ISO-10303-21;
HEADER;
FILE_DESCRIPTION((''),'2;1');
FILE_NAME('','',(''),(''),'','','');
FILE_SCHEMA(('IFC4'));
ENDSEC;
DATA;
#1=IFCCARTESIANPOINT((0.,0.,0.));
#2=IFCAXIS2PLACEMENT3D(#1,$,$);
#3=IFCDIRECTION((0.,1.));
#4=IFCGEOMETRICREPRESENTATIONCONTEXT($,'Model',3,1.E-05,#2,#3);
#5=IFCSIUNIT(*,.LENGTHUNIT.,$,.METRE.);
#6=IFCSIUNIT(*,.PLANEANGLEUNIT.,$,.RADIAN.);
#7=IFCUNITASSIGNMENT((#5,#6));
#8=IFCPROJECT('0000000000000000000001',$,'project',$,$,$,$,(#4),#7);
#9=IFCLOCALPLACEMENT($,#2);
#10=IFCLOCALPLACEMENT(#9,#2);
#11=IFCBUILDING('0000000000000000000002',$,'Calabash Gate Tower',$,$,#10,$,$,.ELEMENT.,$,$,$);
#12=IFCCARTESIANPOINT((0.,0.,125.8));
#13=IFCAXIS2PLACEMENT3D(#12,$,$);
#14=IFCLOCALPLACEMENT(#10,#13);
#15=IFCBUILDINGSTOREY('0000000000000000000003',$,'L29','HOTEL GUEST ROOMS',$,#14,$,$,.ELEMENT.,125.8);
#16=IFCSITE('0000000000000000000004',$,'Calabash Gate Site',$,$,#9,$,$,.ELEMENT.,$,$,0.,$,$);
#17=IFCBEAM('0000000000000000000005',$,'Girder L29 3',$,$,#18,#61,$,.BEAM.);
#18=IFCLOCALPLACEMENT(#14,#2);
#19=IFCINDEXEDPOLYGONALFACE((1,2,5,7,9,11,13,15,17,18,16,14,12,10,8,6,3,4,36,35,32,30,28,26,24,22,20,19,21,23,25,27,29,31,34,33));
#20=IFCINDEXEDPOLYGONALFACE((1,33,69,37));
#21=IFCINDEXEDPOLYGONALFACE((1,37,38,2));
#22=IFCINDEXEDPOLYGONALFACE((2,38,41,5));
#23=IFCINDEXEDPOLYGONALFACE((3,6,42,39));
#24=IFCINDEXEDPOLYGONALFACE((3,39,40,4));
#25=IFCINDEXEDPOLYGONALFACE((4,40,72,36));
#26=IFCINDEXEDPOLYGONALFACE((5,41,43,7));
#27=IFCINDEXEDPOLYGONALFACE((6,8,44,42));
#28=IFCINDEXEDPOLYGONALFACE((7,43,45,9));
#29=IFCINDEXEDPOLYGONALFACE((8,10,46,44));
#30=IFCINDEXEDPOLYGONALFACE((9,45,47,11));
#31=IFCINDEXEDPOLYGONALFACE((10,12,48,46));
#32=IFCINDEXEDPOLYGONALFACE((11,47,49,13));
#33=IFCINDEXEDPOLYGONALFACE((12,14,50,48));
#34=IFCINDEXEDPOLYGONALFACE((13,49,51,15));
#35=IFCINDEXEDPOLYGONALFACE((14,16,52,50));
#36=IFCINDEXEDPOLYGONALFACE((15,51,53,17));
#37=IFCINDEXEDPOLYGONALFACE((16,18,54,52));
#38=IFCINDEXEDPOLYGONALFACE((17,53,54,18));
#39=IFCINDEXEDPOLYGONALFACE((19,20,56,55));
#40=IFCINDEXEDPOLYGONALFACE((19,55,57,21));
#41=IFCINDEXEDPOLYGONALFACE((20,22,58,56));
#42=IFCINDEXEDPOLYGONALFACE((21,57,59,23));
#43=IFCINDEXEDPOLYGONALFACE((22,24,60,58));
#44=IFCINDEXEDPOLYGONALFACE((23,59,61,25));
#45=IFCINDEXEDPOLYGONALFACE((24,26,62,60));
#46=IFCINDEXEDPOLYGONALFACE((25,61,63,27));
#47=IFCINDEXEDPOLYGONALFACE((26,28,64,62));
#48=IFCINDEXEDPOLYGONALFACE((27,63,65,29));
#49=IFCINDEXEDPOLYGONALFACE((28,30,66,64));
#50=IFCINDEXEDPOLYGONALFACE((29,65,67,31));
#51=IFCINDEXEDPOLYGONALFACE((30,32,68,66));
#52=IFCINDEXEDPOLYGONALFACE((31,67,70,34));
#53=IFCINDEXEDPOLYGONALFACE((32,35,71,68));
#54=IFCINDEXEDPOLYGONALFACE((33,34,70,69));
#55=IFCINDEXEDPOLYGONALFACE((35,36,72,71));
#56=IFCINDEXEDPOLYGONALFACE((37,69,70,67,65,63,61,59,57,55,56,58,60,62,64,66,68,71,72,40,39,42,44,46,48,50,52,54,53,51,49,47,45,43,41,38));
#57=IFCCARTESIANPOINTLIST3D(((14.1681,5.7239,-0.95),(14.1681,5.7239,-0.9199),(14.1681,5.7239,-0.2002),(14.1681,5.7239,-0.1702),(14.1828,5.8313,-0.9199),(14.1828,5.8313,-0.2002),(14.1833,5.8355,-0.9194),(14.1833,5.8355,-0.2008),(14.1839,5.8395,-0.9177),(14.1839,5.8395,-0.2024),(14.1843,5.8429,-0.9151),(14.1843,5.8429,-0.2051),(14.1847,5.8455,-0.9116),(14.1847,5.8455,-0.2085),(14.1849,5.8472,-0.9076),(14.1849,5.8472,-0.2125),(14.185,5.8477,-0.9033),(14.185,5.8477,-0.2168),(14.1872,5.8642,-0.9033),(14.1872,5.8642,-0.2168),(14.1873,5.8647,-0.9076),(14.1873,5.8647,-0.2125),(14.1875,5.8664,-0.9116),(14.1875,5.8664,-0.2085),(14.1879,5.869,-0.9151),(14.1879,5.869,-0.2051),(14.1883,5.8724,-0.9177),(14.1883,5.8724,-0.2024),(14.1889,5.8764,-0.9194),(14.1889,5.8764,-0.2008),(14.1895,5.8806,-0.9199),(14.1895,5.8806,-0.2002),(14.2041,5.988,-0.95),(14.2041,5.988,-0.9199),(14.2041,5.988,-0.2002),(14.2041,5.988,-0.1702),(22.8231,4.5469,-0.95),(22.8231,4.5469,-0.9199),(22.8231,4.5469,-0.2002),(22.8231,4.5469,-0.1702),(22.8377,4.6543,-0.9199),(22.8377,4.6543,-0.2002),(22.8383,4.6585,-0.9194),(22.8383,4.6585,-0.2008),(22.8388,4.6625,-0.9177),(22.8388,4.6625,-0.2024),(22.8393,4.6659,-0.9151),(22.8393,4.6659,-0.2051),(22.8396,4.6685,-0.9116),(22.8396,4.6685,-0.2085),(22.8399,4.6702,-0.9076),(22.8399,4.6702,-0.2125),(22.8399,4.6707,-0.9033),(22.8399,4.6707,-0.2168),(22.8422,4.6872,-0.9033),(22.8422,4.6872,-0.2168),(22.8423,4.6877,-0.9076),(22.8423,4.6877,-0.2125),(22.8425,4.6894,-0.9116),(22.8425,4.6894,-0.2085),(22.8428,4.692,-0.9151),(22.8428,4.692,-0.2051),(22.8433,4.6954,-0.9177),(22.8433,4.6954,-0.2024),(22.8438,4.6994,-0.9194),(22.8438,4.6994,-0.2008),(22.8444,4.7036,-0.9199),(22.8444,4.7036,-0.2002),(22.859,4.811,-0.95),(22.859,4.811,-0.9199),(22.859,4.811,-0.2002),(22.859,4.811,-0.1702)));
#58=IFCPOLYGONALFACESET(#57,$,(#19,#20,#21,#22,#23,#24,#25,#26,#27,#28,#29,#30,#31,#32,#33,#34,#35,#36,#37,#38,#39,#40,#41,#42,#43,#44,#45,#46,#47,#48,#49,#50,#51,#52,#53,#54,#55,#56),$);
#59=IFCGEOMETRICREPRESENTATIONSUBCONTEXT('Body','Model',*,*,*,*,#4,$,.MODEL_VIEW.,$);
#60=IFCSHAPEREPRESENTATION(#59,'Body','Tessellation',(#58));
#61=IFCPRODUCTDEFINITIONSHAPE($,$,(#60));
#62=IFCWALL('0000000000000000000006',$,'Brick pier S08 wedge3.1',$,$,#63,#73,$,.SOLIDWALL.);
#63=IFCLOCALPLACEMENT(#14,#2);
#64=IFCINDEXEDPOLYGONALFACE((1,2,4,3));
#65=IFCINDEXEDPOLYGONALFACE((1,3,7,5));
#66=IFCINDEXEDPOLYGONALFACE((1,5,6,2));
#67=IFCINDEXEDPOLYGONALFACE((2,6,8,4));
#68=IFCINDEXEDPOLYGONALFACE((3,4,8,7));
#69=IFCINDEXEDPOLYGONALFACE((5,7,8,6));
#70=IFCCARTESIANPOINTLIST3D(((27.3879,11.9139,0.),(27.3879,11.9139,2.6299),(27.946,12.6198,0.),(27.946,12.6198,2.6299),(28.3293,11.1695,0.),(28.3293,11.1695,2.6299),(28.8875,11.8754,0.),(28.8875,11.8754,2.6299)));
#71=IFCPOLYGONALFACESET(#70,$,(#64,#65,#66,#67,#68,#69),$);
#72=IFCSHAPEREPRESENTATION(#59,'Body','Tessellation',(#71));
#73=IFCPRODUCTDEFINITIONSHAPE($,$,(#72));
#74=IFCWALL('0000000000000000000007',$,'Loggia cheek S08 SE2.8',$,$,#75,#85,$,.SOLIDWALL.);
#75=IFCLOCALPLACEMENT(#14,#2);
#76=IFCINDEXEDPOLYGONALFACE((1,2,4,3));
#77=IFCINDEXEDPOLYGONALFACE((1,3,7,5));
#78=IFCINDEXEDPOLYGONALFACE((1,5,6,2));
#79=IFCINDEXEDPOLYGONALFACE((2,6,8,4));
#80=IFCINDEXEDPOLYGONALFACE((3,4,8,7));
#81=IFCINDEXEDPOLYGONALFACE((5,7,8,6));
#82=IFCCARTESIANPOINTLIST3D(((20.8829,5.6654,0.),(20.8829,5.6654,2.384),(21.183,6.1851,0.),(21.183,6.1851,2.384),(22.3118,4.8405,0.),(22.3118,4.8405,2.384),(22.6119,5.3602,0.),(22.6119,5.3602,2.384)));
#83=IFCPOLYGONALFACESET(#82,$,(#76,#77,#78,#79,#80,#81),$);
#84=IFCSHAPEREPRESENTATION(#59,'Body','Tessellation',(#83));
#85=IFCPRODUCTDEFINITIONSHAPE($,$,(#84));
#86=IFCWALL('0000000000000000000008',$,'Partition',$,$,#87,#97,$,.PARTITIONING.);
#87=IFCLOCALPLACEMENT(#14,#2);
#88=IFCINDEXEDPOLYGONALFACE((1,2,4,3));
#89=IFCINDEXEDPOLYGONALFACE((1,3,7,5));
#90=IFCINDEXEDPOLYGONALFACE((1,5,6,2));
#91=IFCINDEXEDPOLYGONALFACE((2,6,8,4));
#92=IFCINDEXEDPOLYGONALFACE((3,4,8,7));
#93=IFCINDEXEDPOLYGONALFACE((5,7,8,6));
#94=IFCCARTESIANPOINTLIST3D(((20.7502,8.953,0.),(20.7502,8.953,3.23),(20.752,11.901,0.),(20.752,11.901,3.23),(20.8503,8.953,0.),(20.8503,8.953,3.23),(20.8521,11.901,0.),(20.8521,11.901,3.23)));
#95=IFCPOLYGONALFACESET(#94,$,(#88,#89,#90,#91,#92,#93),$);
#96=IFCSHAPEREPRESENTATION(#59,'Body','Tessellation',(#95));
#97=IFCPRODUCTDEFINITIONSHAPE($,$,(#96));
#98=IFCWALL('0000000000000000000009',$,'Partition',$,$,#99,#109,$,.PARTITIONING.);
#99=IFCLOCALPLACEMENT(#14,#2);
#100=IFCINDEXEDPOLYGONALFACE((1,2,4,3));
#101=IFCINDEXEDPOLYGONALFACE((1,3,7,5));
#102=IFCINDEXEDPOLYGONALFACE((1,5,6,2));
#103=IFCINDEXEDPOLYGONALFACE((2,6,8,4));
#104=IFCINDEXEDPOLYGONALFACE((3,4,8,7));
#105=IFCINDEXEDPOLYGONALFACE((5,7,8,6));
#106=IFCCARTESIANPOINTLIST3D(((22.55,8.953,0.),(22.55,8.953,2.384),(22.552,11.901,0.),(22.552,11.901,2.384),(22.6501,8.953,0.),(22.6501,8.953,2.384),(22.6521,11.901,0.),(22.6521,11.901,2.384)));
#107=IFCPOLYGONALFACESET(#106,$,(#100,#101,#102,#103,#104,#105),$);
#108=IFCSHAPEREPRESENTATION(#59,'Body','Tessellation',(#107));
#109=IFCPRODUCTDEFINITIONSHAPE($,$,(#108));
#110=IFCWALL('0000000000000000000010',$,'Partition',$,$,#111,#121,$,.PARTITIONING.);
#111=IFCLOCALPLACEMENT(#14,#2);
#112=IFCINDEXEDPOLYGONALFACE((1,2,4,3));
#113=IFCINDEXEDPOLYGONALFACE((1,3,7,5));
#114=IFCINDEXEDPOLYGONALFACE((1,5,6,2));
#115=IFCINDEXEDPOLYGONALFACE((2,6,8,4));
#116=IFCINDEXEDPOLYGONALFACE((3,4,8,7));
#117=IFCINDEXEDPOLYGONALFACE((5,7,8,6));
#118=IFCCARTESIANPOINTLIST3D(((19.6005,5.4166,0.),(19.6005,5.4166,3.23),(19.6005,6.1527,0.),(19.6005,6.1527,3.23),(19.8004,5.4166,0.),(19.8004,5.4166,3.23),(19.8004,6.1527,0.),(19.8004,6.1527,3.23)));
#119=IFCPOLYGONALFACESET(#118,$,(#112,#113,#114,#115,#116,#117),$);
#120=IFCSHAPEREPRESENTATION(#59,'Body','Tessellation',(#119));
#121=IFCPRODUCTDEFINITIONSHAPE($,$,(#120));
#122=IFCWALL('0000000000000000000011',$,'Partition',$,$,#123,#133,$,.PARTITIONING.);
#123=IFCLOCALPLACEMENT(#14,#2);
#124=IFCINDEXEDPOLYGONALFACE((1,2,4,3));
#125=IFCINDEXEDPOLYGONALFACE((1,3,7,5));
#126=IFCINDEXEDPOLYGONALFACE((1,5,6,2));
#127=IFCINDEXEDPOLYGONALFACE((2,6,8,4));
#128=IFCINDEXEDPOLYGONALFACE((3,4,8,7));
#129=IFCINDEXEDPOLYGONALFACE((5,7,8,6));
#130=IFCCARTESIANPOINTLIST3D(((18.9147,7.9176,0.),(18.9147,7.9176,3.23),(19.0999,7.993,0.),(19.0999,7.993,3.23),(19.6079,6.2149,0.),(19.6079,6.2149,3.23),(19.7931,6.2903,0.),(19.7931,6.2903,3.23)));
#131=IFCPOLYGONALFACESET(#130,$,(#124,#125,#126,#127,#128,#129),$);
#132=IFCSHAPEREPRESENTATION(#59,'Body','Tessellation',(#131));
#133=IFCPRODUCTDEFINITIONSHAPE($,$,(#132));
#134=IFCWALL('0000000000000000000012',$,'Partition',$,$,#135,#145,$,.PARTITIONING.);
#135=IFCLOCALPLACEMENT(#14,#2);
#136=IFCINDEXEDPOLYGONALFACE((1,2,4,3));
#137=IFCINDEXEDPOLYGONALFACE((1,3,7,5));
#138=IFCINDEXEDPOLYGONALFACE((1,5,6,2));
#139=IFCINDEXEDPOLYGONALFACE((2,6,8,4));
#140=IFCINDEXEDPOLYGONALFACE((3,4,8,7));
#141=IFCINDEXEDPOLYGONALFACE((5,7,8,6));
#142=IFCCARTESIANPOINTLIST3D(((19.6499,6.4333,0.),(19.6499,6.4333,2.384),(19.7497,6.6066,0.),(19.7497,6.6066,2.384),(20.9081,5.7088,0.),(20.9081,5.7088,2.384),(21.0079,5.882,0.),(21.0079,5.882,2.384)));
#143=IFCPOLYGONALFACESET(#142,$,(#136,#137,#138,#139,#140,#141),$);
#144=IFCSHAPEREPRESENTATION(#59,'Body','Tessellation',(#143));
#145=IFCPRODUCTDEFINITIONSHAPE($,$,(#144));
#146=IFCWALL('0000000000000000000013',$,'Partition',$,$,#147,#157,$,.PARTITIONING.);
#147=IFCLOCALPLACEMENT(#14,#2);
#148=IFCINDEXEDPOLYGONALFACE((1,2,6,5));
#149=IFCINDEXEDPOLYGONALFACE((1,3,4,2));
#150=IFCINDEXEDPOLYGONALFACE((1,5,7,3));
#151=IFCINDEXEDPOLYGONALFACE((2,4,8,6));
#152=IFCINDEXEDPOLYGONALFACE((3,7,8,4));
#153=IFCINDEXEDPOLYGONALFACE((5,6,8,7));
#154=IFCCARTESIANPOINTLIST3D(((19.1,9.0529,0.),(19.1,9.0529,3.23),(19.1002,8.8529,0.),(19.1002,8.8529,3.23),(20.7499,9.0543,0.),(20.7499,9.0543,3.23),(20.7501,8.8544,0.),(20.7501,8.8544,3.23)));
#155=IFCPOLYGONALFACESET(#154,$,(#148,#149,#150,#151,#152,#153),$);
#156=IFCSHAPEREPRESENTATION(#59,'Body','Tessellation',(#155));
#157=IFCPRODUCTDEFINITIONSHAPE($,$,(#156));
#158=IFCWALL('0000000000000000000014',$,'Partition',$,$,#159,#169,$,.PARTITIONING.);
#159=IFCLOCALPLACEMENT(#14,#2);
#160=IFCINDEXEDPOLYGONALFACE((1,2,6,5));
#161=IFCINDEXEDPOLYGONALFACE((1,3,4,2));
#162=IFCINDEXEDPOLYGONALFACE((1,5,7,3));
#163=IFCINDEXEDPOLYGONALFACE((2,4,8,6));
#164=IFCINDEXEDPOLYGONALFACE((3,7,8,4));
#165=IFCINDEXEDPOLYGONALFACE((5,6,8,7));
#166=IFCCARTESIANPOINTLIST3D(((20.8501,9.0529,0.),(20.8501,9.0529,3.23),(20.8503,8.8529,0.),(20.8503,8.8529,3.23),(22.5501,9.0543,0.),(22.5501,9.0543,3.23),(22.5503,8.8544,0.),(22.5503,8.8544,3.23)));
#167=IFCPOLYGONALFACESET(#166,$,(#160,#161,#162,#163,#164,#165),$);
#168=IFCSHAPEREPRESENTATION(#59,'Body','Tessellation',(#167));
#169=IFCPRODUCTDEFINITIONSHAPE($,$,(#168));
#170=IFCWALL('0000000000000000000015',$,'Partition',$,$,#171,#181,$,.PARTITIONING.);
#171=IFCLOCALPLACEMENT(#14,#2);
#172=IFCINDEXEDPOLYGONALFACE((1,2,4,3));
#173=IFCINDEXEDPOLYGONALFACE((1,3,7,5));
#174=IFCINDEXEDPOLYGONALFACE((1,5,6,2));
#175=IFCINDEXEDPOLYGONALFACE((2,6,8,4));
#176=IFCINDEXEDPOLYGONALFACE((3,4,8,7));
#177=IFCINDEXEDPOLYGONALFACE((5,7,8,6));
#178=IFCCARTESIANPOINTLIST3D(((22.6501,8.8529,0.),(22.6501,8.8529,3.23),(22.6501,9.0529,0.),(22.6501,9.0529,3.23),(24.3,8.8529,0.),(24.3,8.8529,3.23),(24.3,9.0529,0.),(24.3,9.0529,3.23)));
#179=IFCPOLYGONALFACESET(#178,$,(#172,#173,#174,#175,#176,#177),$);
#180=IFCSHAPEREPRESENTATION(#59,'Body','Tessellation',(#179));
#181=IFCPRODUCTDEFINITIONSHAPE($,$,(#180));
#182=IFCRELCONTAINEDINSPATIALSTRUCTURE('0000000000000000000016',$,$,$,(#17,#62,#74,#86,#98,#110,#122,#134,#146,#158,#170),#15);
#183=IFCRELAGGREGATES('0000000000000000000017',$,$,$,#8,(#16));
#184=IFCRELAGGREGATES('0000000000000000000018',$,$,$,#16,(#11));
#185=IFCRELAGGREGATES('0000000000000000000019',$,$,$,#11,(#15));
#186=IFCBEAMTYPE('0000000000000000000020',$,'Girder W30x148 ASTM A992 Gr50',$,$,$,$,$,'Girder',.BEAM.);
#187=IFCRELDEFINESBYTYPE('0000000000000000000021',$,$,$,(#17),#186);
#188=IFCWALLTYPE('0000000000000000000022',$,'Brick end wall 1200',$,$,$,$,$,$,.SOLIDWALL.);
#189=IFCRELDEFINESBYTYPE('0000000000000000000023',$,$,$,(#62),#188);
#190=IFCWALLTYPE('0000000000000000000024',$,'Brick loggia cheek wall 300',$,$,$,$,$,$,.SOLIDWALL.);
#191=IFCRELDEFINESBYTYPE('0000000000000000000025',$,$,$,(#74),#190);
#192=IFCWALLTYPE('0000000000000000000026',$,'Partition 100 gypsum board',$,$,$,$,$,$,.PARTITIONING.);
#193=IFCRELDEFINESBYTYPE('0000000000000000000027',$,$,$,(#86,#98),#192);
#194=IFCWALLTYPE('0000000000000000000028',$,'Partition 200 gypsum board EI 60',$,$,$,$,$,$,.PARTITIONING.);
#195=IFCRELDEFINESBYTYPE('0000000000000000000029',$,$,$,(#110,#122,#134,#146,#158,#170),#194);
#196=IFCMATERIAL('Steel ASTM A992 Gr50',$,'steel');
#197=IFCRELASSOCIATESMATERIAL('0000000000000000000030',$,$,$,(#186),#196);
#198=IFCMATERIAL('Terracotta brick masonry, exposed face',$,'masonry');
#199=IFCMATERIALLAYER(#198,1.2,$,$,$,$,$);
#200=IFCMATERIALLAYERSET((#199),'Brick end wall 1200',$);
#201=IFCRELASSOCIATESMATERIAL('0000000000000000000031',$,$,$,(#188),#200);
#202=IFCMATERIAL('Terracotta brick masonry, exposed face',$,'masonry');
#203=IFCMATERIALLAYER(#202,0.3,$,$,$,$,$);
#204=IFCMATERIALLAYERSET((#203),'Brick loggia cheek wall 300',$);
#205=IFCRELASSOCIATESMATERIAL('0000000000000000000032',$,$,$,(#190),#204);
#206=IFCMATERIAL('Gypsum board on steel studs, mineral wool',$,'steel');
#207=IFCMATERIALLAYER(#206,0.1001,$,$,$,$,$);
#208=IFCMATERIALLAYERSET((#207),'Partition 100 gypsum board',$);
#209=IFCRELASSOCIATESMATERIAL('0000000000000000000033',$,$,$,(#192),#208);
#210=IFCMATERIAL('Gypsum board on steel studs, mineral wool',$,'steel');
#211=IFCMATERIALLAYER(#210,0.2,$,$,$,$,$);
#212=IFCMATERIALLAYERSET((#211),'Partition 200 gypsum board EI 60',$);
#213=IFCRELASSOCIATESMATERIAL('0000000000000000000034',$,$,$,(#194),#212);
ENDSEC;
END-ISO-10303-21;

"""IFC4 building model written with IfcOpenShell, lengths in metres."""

from ifc_helpers import new_model, si_unit, direction, frame, frame_2d, origin, origin_2d, place, context, subcontext, project, spatial, rectangle, i_section, extrude, material, layer, layer_set, material_profile, profile_set, type_object, element, save


model = new_model("IFC4")

# Units and contexts
model_context = context("Model", 3, precision=1e-05, world=origin(), true_north=direction((0.0, 1.0)))
body_context = subcontext(model_context, "Body", "Model", "MODEL_VIEW")
ifc_project = project(units=[si_unit("LENGTHUNIT", "METRE"), si_unit("PLANEANGLEUNIT", "RADIAN")], contexts=[model_context])

# Site, building, storey
site_placement = place(None, origin())
site = spatial("IfcSite", under=ifc_project, at=site_placement, Name="Calabash Gate Site", CompositionType="ELEMENT", RefElevation=0.0)
building_placement = place(site_placement, origin())
building = spatial("IfcBuilding", under=site, at=building_placement, Name="Calabash Gate Tower", CompositionType="ELEMENT")
storey_placement = place(building_placement, frame((0.0, 0.0, 125.8)))
storey = spatial("IfcBuildingStorey", under=building, at=storey_placement, Name="L29", Description="HOTEL GUEST ROOMS", CompositionType="ELEMENT", Elevation=125.8)

# Beam
ifc_material_1 = material(Name="Steel ASTM A992 Gr50", Category="steel")
ifc_material_profile_1 = material_profile(ifc_material_1, i_section(OverallWidth=0.2666, OverallDepth=0.7798, WebThickness=0.0166, FlangeThickness=0.03, FilletRadius=0.0166, at=origin_2d()))
ifc_profile_set_1 = profile_set([ifc_material_profile_1], Name="Steel ASTM A992 Gr50")
beam_type_1 = type_object("IfcBeamType", Name="Girder W30x148 ASTM A992 Gr50", ElementType="Girder", PredefinedType="BEAM", material=ifc_profile_set_1)
beam_1_placement = place(storey_placement, frame((22.8411, 4.679, -0.5601), z_axis=(-0.99088, 0.13475, 0.0), x_axis=(-0.13475, -0.99088, 0.0)))
element("IfcBeam", 1, at=beam_1_placement, inside=storey, type_object=beam_type_1, Name="Girder L29 3", PredefinedType="BEAM", context=body_context, shape_type="SweptSolid", body=[
    extrude(i_section(OverallWidth=0.2666, OverallDepth=0.7798, WebThickness=0.0166, FlangeThickness=0.03, FilletRadius=0.0166, at=origin_2d()), origin(), (0.0, 0.0, 1.0), 8.7346),
])

# Walls
ifc_material_2 = material(Name="Terracotta brick masonry, exposed face", Category="masonry")
ifc_layer_1 = layer(ifc_material_2, 1.2)
ifc_layer_set_1 = layer_set([ifc_layer_1], Name="Brick end wall 1200")
wall_type_1 = type_object("IfcWallType", Name="Brick end wall 1200", PredefinedType="SOLIDWALL", material=ifc_layer_set_1)
wall_1_placement = place(storey_placement, frame((28.6084, 11.5225, 0.0), z_axis=(0.0, 0.0, 1.0), x_axis=(-0.784409, 0.620244, 0.0)))
element("IfcWall", 2, at=wall_1_placement, inside=storey, type_object=wall_type_1, Name="Brick pier S08 wedge3.1", PredefinedType="SOLIDWALL", context=body_context, shape_type="SweptSolid", body=[
    extrude(rectangle(XDim=1.2002, YDim=0.8999, at=frame_2d((0.6001, 0.0))), origin(), (0.0, 0.0, 1.0), 2.6299),
])
ifc_material_3 = material(Name="Terracotta brick masonry, exposed face", Category="masonry")
ifc_layer_2 = layer(ifc_material_3, 0.3)
ifc_layer_set_2 = layer_set([ifc_layer_2], Name="Brick loggia cheek wall 300")
wall_type_2 = type_object("IfcWallType", Name="Brick loggia cheek wall 300", PredefinedType="SOLIDWALL", material=ifc_layer_set_2)
wall_2_placement = place(storey_placement, frame((21.033, 5.9253, 0.0), z_axis=(0.0, 0.0, 1.0), x_axis=(0.86604, -0.499974, 0.0)))
element("IfcWall", 3, at=wall_2_placement, inside=storey, type_object=wall_type_2, Name="Loggia cheek S08 SE2.8", PredefinedType="SOLIDWALL", context=body_context, shape_type="SweptSolid", body=[
    extrude(rectangle(XDim=1.6499, YDim=0.6001, at=frame_2d((0.825, 0.0))), origin(), (0.0, 0.0, 1.0), 2.384),
])
ifc_material_4 = material(Name="Gypsum board on steel studs, mineral wool", Category="steel")
ifc_layer_3 = layer(ifc_material_4, 0.1001)
ifc_layer_set_3 = layer_set([ifc_layer_3], Name="Partition 100 gypsum board")
wall_type_3 = type_object("IfcWallType", Name="Partition 100 gypsum board", PredefinedType="PARTITIONING", material=ifc_layer_set_3)
wall_3_placement = place(storey_placement, frame((20.8003, 8.9529, 0.0), z_axis=(0.0, 0.0, 1.0), x_axis=(0.00058, 1.0, 0.0)))
element("IfcWall", 4, at=wall_3_placement, inside=storey, type_object=wall_type_3, Name="Partition", PredefinedType="PARTITIONING", context=body_context, shape_type="SweptSolid", body=[
    extrude(rectangle(XDim=2.948, YDim=0.1001, at=frame_2d((1.4741, 0.0))), origin(), (0.0, 0.0, 1.0), 3.23),
])
wall_4_placement = place(storey_placement, frame((22.6001, 8.9529, 0.0), z_axis=(0.0, 0.0, 1.0), x_axis=(0.000663, 1.0, 0.0)))
element("IfcWall", 5, at=wall_4_placement, inside=storey, type_object=wall_type_3, Name="Partition", PredefinedType="PARTITIONING", context=body_context, shape_type="SweptSolid", body=[
    extrude(rectangle(XDim=2.948, YDim=0.1001, at=frame_2d((1.4741, 0.0))), origin(), (0.0, 0.0, 1.0), 2.384),
])
ifc_material_5 = material(Name="Gypsum board on steel studs, mineral wool", Category="steel")
ifc_layer_4 = layer(ifc_material_5, 0.2)
ifc_layer_set_4 = layer_set([ifc_layer_4], Name="Partition 200 gypsum board EI 60")
wall_type_4 = type_object("IfcWallType", Name="Partition 200 gypsum board EI 60", PredefinedType="PARTITIONING", material=ifc_layer_set_4)
wall_5_placement = place(storey_placement, frame((19.7004, 5.4165, 0.0), z_axis=(0.0, 0.0, 1.0), x_axis=(0.0, 1.0, 0.0)))
element("IfcWall", 6, at=wall_5_placement, inside=storey, type_object=wall_type_4, Name="Partition", PredefinedType="PARTITIONING", context=body_context, shape_type="SweptSolid", body=[
    extrude(rectangle(XDim=0.7361, YDim=0.2, at=frame_2d((0.3682, 0.0))), origin(), (0.0, 0.0, 1.0), 3.23),
])
wall_6_placement = place(storey_placement, frame((19.0073, 7.9553, 0.0), z_axis=(0.0, 0.0, 1.0), x_axis=(0.37704, -0.926197, 0.0)))
element("IfcWall", 7, at=wall_6_placement, inside=storey, type_object=wall_type_4, Name="Partition", PredefinedType="PARTITIONING", context=body_context, shape_type="SweptSolid", body=[
    extrude(rectangle(XDim=1.8384, YDim=0.2, at=frame_2d((0.9192, 0.0))), origin(), (0.0, 0.0, 1.0), 3.23),
])
wall_7_placement = place(storey_placement, frame((19.6997, 6.52, 0.0), z_axis=(0.0, 0.0, 1.0), x_axis=(0.866583, -0.499033, 0.0)))
element("IfcWall", 8, at=wall_7_placement, inside=storey, type_object=wall_type_4, Name="Partition", PredefinedType="PARTITIONING", context=body_context, shape_type="SweptSolid", body=[
    extrude(rectangle(XDim=1.4519, YDim=0.2, at=frame_2d((0.7261, 0.0))), origin(), (0.0, 0.0, 1.0), 2.384),
])
wall_8_placement = place(storey_placement, frame((19.1001, 8.9529, 0.0), z_axis=(0.0, 0.0, 1.0), x_axis=(1.0, 0.000888, 0.0)))
element("IfcWall", 9, at=wall_8_placement, inside=storey, type_object=wall_type_4, Name="Partition", PredefinedType="PARTITIONING", context=body_context, shape_type="SweptSolid", body=[
    extrude(rectangle(XDim=1.6499, YDim=0.2, at=frame_2d((0.825, 0.0))), origin(), (0.0, 0.0, 1.0), 3.23),
])
wall_9_placement = place(storey_placement, frame((20.8501, 8.9529, 0.0), z_axis=(0.0, 0.0, 1.0), x_axis=(1.0, 0.000862, 0.0)))
element("IfcWall", 10, at=wall_9_placement, inside=storey, type_object=wall_type_4, Name="Partition", PredefinedType="PARTITIONING", context=body_context, shape_type="SweptSolid", body=[
    extrude(rectangle(XDim=1.7, YDim=0.2, at=frame_2d((0.8501, 0.0))), origin(), (0.0, 0.0, 1.0), 3.23),
])
wall_10_placement = place(storey_placement, frame((22.6501, 8.9529, 0.0), z_axis=(0.0, 0.0, 1.0), x_axis=(1.0, 0.0, 0.0)))
element("IfcWall", 11, at=wall_10_placement, inside=storey, type_object=wall_type_4, Name="Partition", PredefinedType="PARTITIONING", context=body_context, shape_type="SweptSolid", body=[
    extrude(rectangle(XDim=1.6499, YDim=0.2, at=frame_2d((0.825, 0.0))), origin(), (0.0, 0.0, 1.0), 3.23),
])

save(model, "model.ifc")
